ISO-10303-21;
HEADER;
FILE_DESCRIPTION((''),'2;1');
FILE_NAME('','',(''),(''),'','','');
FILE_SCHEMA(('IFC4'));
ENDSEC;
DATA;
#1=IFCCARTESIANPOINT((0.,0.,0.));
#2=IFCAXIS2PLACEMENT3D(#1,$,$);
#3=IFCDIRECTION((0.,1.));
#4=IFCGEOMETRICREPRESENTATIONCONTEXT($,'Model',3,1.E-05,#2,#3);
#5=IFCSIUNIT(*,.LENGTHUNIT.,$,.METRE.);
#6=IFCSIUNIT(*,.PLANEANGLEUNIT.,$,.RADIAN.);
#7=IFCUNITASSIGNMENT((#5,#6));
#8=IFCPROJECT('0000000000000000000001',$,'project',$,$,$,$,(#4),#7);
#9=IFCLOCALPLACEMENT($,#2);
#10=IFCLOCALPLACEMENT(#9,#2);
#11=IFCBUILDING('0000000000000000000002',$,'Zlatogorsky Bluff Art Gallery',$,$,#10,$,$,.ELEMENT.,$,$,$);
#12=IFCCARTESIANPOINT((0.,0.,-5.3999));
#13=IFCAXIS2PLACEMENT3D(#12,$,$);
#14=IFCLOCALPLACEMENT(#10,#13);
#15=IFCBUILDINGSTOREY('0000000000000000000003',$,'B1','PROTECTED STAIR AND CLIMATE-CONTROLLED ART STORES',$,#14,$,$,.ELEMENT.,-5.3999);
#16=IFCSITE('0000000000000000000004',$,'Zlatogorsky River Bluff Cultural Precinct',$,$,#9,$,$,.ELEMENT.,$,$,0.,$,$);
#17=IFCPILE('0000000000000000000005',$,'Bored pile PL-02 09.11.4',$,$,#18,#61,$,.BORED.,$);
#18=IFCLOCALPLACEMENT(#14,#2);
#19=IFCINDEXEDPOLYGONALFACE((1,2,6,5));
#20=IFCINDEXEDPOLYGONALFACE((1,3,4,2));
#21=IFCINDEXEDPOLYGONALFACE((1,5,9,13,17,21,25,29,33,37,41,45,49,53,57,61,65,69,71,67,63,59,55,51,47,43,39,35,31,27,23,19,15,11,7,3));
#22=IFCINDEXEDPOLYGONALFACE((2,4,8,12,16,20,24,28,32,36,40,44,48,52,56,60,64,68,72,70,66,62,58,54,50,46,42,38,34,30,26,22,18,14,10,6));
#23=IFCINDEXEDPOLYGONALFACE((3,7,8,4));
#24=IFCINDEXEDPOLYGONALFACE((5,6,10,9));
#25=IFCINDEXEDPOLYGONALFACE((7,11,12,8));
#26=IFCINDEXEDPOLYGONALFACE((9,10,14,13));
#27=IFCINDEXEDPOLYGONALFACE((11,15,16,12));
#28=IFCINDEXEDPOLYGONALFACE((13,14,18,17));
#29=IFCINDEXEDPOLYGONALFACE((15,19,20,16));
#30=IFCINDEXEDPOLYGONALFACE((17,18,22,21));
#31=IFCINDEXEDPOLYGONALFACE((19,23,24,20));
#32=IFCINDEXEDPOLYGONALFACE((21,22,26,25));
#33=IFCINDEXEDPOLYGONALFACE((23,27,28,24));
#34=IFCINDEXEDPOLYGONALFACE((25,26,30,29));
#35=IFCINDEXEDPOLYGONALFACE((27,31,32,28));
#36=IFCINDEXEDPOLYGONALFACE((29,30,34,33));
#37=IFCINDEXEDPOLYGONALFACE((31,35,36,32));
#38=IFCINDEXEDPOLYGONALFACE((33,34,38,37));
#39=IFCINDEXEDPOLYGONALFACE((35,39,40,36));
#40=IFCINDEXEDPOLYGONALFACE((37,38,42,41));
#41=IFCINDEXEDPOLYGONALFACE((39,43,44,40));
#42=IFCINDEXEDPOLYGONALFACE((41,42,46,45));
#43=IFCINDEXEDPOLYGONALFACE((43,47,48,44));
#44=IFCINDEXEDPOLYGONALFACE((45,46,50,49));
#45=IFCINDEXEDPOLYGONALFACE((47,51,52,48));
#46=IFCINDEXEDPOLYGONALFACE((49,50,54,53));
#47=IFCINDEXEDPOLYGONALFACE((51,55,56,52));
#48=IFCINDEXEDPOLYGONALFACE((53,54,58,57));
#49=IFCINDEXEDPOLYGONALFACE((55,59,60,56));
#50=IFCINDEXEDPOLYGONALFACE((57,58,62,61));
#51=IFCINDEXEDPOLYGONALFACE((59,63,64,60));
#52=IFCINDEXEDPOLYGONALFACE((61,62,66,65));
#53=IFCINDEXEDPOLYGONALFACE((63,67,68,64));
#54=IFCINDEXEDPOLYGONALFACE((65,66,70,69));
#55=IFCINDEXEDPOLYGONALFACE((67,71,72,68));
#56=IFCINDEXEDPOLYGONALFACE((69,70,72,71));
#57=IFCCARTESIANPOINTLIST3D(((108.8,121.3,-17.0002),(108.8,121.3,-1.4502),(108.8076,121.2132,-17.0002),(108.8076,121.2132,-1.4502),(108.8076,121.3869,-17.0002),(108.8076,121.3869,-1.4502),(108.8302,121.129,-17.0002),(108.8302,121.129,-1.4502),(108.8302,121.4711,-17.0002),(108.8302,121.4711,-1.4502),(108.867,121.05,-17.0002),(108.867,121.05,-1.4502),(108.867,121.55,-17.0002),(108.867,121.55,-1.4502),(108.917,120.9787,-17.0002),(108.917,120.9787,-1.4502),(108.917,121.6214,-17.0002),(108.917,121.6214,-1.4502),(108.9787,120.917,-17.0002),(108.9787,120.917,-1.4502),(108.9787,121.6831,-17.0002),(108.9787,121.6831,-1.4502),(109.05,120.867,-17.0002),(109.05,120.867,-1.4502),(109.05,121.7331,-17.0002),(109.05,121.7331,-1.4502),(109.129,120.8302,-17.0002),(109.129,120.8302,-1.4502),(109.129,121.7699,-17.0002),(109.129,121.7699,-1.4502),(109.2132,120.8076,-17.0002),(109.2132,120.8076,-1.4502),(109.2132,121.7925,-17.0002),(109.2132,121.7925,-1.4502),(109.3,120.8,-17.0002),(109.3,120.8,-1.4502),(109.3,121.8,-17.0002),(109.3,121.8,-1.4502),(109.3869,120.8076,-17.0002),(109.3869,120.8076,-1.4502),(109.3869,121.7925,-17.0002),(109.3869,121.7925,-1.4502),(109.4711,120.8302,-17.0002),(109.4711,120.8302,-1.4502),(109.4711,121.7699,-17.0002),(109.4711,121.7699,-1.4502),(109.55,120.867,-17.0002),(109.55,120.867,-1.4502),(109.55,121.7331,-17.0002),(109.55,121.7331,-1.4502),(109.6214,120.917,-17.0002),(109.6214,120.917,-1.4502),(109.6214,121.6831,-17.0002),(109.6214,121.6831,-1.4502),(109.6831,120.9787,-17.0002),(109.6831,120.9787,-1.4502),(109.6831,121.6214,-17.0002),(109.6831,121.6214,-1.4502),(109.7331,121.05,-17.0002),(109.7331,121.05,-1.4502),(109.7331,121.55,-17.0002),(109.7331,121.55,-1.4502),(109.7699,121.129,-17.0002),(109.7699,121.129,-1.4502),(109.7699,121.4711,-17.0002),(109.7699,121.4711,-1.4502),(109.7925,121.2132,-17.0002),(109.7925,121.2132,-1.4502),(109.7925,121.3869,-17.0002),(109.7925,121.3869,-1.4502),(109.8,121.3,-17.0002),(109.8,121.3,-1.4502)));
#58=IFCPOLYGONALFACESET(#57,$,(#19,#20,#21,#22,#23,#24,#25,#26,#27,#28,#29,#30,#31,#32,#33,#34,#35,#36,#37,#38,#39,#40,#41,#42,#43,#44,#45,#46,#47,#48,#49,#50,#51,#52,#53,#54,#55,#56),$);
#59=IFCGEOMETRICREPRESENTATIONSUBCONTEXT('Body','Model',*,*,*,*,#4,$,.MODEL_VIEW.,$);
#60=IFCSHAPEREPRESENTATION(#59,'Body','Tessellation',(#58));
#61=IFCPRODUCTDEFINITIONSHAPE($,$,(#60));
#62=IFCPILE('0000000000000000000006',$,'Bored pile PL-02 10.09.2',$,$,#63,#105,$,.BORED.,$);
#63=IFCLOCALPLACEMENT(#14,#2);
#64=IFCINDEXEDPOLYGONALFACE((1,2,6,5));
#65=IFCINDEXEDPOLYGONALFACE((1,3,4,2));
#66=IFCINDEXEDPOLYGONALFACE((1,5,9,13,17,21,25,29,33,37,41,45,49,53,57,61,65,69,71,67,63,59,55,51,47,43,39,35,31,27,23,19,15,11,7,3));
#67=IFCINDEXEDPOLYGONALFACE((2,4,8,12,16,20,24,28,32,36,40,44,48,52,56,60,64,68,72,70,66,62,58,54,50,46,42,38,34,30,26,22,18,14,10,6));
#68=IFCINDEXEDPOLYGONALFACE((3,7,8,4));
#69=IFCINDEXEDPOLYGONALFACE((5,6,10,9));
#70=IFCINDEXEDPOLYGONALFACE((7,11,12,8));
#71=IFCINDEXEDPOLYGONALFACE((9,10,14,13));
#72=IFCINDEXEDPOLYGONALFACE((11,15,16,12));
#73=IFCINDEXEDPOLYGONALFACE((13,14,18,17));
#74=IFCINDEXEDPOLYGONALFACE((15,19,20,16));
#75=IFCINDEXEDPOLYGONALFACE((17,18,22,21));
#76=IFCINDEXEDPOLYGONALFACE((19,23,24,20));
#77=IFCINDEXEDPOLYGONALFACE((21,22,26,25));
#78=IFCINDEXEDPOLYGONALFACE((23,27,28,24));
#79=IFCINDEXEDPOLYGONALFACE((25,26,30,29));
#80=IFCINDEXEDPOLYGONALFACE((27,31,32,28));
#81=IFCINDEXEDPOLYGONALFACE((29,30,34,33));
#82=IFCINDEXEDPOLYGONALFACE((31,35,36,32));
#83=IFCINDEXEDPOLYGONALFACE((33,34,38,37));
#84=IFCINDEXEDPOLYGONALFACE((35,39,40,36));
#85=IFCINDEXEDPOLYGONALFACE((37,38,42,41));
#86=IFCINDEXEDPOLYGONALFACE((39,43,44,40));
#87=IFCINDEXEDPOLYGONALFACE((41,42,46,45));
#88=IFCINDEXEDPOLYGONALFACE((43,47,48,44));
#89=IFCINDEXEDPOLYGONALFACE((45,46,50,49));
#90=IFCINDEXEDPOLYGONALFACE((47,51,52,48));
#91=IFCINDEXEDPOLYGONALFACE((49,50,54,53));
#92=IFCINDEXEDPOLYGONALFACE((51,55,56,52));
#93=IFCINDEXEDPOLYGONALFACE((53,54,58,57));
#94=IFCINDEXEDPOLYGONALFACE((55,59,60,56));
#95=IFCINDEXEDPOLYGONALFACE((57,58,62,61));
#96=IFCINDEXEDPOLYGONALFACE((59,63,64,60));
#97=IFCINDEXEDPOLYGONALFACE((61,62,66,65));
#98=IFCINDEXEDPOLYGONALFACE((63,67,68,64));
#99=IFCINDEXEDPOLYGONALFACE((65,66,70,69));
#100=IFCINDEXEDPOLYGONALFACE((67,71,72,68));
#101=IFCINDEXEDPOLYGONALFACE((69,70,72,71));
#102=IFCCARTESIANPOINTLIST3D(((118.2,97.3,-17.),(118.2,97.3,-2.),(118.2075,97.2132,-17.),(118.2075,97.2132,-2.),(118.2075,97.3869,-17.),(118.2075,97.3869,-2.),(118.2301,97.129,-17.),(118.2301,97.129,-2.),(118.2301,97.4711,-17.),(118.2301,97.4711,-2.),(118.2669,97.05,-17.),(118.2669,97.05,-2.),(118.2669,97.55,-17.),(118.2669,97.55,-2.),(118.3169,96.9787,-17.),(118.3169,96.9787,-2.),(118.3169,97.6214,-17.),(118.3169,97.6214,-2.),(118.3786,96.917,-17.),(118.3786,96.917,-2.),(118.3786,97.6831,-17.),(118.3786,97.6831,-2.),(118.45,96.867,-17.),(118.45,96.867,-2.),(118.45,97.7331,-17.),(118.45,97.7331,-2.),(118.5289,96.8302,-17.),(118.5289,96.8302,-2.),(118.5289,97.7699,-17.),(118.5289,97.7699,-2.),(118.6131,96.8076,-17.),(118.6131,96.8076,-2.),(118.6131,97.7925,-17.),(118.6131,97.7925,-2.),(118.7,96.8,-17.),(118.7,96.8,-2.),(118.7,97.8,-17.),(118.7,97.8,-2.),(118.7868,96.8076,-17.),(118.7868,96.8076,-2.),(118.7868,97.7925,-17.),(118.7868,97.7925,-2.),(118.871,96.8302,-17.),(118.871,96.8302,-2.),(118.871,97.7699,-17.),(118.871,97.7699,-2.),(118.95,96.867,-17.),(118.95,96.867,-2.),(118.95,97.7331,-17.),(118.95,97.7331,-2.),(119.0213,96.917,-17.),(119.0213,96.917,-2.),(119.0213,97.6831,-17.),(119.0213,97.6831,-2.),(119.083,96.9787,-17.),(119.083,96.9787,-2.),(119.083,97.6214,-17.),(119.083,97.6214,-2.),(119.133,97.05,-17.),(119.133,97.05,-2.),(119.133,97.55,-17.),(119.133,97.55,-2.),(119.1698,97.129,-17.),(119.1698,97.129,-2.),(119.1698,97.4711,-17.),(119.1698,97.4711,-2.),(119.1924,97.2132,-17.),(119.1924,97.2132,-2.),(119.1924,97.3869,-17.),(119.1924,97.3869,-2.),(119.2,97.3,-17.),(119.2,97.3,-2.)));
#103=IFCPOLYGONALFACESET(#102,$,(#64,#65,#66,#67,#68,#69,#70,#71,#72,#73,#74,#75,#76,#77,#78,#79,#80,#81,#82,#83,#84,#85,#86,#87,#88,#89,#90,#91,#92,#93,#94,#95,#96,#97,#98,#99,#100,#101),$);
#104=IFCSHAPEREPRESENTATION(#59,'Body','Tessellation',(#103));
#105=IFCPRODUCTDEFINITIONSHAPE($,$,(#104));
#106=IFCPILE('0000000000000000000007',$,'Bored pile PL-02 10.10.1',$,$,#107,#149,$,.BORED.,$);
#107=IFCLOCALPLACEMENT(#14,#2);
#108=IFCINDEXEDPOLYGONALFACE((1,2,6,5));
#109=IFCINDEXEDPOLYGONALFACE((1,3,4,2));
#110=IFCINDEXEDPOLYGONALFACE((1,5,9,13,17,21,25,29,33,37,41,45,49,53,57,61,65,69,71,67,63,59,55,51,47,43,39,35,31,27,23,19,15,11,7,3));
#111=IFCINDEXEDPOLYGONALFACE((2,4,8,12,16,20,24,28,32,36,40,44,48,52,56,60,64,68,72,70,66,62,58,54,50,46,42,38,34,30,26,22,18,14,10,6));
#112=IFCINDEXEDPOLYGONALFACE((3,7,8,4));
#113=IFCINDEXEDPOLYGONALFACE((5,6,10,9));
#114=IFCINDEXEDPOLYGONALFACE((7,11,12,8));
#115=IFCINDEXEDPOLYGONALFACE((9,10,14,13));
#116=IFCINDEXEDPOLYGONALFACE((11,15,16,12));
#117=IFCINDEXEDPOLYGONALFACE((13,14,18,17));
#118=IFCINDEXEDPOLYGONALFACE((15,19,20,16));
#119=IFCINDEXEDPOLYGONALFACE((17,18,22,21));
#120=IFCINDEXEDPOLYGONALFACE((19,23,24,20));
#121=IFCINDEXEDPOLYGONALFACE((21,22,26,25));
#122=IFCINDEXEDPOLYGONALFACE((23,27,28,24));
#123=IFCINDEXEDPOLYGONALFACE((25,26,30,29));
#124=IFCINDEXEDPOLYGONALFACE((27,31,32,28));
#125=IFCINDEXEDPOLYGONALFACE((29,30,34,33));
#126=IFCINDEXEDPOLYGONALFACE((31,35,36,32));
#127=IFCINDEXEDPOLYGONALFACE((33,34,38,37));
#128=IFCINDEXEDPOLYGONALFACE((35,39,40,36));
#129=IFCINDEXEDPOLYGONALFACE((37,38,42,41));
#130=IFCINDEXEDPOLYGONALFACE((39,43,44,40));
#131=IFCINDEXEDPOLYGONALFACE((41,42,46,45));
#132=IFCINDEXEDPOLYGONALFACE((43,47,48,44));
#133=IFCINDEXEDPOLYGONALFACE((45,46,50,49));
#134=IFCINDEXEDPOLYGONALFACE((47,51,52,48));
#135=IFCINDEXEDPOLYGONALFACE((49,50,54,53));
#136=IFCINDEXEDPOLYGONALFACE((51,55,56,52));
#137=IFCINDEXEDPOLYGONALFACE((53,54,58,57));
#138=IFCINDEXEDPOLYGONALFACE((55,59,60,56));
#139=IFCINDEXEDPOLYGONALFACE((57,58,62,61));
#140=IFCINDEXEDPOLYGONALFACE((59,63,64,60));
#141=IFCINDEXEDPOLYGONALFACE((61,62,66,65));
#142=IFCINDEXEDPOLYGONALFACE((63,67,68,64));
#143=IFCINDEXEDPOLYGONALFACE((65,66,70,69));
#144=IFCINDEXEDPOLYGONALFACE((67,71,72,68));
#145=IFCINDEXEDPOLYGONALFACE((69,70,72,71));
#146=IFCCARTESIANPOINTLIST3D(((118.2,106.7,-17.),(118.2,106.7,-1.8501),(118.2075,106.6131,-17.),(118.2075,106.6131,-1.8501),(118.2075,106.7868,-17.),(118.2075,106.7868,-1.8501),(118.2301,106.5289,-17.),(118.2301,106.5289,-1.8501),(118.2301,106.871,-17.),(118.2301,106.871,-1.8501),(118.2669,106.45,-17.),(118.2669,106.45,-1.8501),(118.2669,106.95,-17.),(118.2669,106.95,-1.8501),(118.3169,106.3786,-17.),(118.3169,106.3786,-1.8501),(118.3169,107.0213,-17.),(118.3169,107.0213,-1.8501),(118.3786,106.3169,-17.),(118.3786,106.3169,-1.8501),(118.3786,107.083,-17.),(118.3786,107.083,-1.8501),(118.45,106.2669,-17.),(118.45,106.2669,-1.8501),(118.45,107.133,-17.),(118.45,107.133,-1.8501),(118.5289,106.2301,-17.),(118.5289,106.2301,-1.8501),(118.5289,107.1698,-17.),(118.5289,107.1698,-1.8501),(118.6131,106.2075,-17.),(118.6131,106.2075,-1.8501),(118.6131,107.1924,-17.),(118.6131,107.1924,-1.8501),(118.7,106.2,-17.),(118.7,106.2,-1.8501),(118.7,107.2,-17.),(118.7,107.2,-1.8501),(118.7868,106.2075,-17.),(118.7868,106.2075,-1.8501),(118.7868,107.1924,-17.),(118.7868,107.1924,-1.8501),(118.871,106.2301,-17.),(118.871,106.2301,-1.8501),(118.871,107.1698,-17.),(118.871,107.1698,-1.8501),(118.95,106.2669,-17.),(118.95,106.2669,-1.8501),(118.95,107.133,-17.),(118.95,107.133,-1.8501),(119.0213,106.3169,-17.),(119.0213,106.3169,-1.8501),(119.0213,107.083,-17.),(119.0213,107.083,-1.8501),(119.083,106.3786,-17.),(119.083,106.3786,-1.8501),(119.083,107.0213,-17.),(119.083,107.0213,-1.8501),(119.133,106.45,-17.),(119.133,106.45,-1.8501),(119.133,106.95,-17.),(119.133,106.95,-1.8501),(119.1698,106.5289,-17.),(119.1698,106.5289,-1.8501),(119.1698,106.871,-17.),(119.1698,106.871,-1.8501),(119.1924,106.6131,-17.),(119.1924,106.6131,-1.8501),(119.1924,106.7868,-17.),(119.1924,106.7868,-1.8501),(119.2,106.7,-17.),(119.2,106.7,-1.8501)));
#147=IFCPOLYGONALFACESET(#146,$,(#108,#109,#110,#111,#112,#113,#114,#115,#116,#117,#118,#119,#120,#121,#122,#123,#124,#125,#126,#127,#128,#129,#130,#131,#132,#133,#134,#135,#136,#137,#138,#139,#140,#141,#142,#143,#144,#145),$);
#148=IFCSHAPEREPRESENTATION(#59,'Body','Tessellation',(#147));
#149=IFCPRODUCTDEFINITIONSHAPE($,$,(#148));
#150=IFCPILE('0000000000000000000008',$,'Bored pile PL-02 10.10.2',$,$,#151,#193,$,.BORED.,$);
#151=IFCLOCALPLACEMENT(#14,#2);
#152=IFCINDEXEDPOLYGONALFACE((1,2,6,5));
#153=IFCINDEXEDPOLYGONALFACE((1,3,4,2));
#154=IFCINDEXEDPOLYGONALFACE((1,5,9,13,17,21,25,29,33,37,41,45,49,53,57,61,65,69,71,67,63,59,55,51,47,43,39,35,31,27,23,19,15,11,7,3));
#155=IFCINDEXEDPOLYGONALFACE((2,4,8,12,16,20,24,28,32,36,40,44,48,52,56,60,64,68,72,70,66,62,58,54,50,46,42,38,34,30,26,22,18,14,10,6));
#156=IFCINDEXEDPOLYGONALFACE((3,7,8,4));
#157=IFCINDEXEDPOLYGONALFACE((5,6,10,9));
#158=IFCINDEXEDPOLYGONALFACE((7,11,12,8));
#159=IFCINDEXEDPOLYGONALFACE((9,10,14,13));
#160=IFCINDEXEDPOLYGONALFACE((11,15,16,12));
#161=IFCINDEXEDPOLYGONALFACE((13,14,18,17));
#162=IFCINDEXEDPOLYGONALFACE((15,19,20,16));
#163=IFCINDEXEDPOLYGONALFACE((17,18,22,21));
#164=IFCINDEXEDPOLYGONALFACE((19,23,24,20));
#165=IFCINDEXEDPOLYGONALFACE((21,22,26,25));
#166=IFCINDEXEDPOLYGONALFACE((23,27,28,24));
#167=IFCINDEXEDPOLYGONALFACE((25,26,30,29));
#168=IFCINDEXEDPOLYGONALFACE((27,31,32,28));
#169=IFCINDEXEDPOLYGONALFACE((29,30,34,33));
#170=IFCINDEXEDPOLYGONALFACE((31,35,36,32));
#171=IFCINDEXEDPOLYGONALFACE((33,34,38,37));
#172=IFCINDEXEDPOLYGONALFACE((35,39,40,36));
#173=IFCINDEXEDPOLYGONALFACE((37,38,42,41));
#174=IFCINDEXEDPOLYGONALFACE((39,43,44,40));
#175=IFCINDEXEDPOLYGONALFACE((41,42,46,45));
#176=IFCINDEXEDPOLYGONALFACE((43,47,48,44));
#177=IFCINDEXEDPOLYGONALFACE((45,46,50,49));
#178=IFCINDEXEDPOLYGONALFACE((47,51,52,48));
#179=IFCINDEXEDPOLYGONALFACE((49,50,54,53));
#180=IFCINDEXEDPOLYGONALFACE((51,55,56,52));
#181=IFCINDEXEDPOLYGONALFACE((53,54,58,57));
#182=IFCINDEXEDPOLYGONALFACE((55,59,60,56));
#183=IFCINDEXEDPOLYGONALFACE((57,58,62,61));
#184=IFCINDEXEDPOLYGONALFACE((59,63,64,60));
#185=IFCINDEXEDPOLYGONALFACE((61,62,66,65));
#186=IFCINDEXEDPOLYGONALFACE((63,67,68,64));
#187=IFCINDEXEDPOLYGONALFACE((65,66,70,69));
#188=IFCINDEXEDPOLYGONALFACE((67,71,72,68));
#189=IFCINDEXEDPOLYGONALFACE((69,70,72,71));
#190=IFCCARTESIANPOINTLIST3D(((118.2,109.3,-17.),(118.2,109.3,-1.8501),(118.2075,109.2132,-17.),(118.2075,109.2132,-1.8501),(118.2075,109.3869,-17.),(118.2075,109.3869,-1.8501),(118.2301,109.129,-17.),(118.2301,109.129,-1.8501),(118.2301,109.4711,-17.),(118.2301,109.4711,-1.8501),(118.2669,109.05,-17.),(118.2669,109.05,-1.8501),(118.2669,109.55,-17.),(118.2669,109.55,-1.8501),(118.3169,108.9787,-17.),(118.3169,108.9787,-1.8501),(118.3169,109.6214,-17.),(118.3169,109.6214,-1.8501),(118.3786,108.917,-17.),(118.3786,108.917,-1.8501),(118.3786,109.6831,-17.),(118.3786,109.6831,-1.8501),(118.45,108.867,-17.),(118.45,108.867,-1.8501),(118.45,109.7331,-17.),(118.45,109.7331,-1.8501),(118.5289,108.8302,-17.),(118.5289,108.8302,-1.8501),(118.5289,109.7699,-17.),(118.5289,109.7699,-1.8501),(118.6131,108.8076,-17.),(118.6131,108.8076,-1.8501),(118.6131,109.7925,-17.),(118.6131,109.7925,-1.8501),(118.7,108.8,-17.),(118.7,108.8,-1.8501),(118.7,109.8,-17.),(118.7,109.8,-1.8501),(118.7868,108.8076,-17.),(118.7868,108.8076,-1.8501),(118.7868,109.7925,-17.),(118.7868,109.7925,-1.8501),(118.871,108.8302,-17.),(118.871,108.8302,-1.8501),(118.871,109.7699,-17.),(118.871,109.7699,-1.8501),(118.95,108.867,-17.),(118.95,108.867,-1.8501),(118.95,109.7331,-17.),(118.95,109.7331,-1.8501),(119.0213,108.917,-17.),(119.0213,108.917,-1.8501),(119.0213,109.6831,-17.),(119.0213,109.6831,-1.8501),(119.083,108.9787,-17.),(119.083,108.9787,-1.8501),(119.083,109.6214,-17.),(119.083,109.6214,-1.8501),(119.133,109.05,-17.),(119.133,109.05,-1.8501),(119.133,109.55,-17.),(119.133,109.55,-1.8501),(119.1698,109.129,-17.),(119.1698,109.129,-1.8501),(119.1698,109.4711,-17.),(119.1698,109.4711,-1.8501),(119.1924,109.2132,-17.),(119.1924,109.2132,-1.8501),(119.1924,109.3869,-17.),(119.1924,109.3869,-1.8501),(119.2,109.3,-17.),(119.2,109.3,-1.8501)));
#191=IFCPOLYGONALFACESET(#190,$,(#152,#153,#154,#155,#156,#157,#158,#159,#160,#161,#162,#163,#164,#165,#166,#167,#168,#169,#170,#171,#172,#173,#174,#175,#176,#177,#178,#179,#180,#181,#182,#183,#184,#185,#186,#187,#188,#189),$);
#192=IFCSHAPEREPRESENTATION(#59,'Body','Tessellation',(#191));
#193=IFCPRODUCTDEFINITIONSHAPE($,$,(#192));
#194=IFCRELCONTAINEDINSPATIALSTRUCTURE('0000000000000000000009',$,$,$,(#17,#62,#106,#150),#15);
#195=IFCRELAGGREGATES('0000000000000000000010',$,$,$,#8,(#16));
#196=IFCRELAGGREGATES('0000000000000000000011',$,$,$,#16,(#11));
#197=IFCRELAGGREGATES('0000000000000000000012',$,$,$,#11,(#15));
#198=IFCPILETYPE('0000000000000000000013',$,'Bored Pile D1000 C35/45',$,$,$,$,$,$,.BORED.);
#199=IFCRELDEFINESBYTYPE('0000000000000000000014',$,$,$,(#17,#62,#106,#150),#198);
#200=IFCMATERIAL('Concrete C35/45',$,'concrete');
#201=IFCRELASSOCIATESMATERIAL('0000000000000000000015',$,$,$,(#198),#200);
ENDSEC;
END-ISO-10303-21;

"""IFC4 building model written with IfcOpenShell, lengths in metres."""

from ifc_helpers import new_model, si_unit, direction, frame, origin, origin_2d, place, context, subcontext, project, spatial, circle, extrude, material, material_profile, profile_set, type_object, element, save


model = new_model("IFC4")

# Units and contexts
model_context = context("Model", 3, precision=1e-05, world=origin(), true_north=direction((0.0, 1.0)))
body_context = subcontext(model_context, "Body", "Model", "MODEL_VIEW")
ifc_project = project(units=[si_unit("LENGTHUNIT", "METRE"), si_unit("PLANEANGLEUNIT", "RADIAN")], contexts=[model_context])

# Site, building, storey
site_placement = place(None, origin())
site = spatial("IfcSite", under=ifc_project, at=site_placement, Name="Zlatogorsky River Bluff Cultural Precinct", CompositionType="ELEMENT", RefElevation=0.0)
building_placement = place(site_placement, origin())
building = spatial("IfcBuilding", under=site, at=building_placement, Name="Zlatogorsky Bluff Art Gallery", CompositionType="ELEMENT")
storey_placement = place(building_placement, frame((0.0, 0.0, -5.3999)))
storey = spatial("IfcBuildingStorey", under=building, at=storey_placement, Name="B1", Description="PROTECTED STAIR AND CLIMATE-CONTROLLED ART STORES", CompositionType="ELEMENT", Elevation=-5.3999)

# Piles
ifc_material_1 = material(Name="Concrete C35/45", Category="concrete")
ifc_material_profile_1 = material_profile(ifc_material_1, circle(Radius=0.5, at=origin_2d()), Name="BORED PILE D1000")
ifc_profile_set_1 = profile_set([ifc_material_profile_1], Name="Concrete C35/45")
pile_type = type_object("IfcPileType", Name="Bored Pile D1000 C35/45", PredefinedType="BORED", material=ifc_profile_set_1)
for number, where, z_axis, x_axis, name in (
    (1, (109.3, 121.3, -1.4502), (0.0, 0.0, -1.0), (1.0, 0.0, 0.0), "Bored pile PL-02 09.11.4"),
):
    element("IfcPile", number, at=place(storey_placement, frame(where, z_axis=z_axis, x_axis=x_axis)), inside=storey, type_object=pile_type, Name=name, PredefinedType="BORED", context=body_context, shape_type="SweptSolid", body=[
        extrude(circle(Radius=0.5, at=origin_2d()), origin(), (0.0, 0.0, 1.0), 15.55),
    ])
pile_1_placement = place(storey_placement, frame((118.7, 97.3, -2.0), z_axis=(0.0, 0.0, -1.0), x_axis=(1.0, 0.0, 0.0)))
element("IfcPile", 2, at=pile_1_placement, inside=storey, type_object=pile_type, Name="Bored pile PL-02 10.09.2", PredefinedType="BORED", context=body_context, shape_type="SweptSolid", body=[
    extrude(circle(Radius=0.5, at=origin_2d()), origin(), (0.0, 0.0, 1.0), 15.0),
])
for number, where, z_axis, x_axis, name in (
    (3, (118.7, 106.7, -1.8501), (0.0, 0.0, -1.0), (1.0, 0.0, 0.0), "Bored pile PL-02 10.10.1"),
    (4, (118.7, 109.3, -1.8501), (0.0, 0.0, -1.0), (1.0, 0.0, 0.0), "Bored pile PL-02 10.10.2"),
):
    element("IfcPile", number, at=place(storey_placement, frame(where, z_axis=z_axis, x_axis=x_axis)), inside=storey, type_object=pile_type, Name=name, PredefinedType="BORED", context=body_context, shape_type="SweptSolid", body=[
        extrude(circle(Radius=0.5, at=origin_2d()), origin(), (0.0, 0.0, 1.0), 15.1499),
    ])

save(model, "model.ifc")
